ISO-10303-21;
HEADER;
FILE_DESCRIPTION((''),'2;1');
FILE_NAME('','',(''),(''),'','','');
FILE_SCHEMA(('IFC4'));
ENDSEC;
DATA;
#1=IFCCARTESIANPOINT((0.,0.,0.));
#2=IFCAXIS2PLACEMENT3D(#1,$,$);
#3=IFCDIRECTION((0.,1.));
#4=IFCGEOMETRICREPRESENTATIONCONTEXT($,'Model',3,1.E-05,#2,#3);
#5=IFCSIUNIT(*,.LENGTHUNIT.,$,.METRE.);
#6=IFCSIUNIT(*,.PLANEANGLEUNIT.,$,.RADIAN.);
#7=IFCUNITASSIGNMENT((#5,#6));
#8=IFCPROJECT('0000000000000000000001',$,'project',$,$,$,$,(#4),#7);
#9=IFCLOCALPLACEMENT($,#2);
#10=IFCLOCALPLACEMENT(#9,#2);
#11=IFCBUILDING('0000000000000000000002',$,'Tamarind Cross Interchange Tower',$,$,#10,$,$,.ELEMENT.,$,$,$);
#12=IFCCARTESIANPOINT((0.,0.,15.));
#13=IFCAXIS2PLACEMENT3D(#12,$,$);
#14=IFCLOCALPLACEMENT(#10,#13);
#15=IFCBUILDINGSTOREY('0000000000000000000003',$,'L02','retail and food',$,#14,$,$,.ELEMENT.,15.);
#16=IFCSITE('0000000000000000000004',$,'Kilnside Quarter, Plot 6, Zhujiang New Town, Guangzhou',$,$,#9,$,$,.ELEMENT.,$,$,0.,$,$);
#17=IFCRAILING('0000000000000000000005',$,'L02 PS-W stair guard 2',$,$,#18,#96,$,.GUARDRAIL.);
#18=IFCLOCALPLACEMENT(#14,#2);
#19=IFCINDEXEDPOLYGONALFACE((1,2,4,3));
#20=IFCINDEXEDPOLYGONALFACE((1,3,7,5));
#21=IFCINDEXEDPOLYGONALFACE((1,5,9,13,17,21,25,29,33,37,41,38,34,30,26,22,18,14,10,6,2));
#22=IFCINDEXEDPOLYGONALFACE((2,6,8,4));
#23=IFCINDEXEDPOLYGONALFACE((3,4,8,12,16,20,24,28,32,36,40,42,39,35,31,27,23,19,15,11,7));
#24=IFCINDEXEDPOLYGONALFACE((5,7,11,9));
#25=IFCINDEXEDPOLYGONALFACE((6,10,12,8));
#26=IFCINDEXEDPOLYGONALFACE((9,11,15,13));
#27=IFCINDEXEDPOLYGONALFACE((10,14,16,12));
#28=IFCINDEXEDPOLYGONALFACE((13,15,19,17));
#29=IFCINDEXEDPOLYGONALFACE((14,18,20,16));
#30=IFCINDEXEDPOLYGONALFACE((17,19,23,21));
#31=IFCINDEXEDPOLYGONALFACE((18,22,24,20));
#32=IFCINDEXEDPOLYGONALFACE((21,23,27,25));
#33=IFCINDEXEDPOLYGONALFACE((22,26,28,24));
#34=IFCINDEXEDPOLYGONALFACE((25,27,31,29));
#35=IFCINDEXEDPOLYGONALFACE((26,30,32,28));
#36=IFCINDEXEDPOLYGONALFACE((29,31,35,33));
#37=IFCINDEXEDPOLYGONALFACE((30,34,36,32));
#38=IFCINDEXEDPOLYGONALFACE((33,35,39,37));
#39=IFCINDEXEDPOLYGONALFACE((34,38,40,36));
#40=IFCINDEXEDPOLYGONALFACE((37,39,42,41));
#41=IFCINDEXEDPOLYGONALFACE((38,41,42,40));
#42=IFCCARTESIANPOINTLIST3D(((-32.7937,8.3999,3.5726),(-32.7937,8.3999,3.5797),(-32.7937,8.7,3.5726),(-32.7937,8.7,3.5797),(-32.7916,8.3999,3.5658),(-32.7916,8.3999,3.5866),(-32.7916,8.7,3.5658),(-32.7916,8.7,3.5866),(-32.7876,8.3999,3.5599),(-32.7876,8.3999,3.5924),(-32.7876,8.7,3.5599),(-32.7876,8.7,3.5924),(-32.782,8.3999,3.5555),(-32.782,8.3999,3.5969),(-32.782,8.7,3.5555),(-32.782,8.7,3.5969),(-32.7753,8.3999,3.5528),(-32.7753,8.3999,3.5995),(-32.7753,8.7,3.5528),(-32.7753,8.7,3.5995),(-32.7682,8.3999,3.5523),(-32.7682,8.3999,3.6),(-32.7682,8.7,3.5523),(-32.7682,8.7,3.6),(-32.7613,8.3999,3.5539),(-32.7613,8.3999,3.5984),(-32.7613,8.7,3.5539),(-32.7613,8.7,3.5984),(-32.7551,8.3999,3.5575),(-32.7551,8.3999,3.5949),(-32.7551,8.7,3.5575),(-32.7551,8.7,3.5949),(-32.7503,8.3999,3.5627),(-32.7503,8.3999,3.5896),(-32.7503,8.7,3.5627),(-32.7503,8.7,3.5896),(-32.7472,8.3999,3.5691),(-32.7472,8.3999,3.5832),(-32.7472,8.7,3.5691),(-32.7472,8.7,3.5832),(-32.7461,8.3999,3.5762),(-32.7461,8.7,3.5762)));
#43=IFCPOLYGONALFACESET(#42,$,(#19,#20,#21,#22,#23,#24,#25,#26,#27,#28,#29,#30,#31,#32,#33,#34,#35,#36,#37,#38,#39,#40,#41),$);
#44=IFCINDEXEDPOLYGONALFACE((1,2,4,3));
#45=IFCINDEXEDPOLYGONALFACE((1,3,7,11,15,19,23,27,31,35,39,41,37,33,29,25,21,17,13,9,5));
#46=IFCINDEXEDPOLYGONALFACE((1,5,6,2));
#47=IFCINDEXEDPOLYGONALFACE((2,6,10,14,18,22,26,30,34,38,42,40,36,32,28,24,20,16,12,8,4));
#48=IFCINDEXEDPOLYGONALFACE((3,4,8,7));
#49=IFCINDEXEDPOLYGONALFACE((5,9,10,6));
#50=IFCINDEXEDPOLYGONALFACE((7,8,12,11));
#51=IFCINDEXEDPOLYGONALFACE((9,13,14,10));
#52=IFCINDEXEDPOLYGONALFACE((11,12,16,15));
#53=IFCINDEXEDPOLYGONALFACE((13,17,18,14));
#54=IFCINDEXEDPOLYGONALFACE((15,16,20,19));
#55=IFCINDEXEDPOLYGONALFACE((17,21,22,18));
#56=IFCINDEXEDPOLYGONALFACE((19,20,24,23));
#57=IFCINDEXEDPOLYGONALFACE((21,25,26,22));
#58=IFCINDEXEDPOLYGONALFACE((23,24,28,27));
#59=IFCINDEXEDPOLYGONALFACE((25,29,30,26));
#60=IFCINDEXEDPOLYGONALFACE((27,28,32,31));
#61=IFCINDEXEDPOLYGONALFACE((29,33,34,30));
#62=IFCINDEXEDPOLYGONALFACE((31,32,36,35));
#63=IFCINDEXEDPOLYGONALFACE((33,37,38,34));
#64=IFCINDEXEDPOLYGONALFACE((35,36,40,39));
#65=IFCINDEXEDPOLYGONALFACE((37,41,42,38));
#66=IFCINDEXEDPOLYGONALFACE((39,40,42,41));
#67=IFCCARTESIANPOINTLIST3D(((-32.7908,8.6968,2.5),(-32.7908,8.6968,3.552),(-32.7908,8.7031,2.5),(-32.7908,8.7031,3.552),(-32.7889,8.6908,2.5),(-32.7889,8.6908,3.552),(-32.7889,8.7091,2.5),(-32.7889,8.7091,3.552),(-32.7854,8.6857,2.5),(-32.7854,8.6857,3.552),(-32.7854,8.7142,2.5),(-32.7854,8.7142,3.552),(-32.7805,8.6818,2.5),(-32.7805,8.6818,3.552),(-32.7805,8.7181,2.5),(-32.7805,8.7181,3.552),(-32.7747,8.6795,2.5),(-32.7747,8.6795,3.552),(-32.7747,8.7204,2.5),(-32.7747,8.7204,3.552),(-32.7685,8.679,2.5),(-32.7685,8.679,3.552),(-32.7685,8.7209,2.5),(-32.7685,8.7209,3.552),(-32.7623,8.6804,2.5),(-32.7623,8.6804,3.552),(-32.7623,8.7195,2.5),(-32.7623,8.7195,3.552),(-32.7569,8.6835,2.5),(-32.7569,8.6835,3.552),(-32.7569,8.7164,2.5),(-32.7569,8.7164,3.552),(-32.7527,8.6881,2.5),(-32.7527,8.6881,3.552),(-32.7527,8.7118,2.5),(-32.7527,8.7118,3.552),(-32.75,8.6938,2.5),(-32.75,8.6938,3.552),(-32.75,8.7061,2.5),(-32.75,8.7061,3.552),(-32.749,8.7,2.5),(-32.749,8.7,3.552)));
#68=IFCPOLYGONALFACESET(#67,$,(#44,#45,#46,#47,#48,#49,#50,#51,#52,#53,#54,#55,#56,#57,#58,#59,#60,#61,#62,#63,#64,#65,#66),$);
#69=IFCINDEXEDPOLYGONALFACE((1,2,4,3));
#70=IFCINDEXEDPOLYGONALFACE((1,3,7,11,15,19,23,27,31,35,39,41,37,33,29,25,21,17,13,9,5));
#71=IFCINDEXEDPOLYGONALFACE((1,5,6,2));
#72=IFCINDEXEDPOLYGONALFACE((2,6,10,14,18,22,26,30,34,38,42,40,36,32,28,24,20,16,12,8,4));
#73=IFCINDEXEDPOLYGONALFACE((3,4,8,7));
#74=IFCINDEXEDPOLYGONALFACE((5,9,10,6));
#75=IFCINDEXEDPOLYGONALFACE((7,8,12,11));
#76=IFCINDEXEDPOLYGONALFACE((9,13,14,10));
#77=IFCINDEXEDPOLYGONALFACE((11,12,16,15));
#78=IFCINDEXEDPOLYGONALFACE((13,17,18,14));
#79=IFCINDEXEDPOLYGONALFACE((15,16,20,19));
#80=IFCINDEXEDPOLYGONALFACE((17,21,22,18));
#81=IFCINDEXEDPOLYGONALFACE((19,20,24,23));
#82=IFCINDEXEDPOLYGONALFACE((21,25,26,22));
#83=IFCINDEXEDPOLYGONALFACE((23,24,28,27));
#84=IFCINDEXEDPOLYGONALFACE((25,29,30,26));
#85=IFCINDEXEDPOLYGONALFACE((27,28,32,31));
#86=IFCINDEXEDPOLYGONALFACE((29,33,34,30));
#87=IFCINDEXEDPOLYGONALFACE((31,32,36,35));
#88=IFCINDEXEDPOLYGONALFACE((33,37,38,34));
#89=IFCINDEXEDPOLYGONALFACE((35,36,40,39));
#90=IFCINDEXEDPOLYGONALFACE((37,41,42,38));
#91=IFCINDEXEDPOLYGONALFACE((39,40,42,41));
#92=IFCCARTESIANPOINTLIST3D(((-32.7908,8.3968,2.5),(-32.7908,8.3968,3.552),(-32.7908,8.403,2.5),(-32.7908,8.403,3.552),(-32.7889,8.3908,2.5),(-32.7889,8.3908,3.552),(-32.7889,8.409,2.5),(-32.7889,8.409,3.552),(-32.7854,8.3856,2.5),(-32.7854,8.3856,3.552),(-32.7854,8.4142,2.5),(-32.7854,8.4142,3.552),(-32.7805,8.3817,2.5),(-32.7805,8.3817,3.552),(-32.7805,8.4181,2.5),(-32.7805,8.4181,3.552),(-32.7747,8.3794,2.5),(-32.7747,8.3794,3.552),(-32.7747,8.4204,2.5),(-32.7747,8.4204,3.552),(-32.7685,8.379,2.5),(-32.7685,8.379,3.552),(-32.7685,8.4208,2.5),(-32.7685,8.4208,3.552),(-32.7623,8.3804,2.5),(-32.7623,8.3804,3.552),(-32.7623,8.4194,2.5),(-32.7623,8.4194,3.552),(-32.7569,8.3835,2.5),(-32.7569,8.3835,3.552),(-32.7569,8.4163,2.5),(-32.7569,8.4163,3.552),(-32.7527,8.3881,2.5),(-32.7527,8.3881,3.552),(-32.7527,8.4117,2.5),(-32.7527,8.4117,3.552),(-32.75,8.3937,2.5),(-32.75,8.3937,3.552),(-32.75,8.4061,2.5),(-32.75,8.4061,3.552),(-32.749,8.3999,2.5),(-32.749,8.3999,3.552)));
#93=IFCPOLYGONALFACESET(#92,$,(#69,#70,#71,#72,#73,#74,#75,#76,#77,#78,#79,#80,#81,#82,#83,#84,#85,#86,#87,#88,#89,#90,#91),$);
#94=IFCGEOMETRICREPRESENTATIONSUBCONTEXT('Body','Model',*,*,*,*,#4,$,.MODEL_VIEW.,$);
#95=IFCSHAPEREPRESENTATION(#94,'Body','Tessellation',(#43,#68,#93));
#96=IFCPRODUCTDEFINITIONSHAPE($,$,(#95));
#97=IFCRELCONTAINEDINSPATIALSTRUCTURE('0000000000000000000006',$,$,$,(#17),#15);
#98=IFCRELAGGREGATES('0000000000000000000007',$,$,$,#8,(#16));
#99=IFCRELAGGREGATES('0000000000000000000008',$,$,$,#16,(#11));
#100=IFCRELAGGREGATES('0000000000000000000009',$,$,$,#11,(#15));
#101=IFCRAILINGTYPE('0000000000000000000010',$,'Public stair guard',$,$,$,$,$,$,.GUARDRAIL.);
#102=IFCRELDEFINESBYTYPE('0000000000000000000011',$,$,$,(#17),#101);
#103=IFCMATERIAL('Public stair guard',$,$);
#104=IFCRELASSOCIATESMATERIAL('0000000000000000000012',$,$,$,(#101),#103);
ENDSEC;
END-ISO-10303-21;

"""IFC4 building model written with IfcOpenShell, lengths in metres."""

from ifc_helpers import new_model, si_unit, direction, frame, origin, origin_2d, place, context, subcontext, project, spatial, circle, extrude, material, type_object, element, save


model = new_model("IFC4")

# Units and contexts
model_context = context("Model", 3, precision=1e-05, world=origin(), true_north=direction((0.0, 1.0)))
body_context = subcontext(model_context, "Body", "Model", "MODEL_VIEW")
ifc_project = project(units=[si_unit("LENGTHUNIT", "METRE"), si_unit("PLANEANGLEUNIT", "RADIAN")], contexts=[model_context])

# Site, building, storey
site_placement = place(None, origin())
site = spatial("IfcSite", under=ifc_project, at=site_placement, Name="Kilnside Quarter, Plot 6, Zhujiang New Town, Guangzhou", CompositionType="ELEMENT", RefElevation=0.0)
building_placement = place(site_placement, origin())
building = spatial("IfcBuilding", under=site, at=building_placement, Name="Tamarind Cross Interchange Tower", CompositionType="ELEMENT")
storey_placement = place(building_placement, frame((0.0, 0.0, 15.0)))
storey = spatial("IfcBuildingStorey", under=building, at=storey_placement, Name="L02", Description="retail and food", CompositionType="ELEMENT", Elevation=15.0)

# Railing
ifc_material_1 = material(Name="Public stair guard")
railing_type_1 = type_object("IfcRailingType", Name="Public stair guard", PredefinedType="GUARDRAIL", material=ifc_material_1)
railing_1_placement = place(storey_placement, frame((-32.77, 8.7, 2.5)))
element("IfcRailing", 1, at=railing_1_placement, inside=storey, type_object=railing_type_1, Name="L02 PS-W stair guard 2", PredefinedType="GUARDRAIL", context=body_context, shape_type="SweptSolid", body=[
    extrude(circle(Radius=0.0239, at=origin_2d()), frame((0.0, 0.0, 1.0762), z_axis=(0.0, -1.0, 0.0), x_axis=(1.0, 0.0, 0.0)), (0.0, 0.0, 1.0), 0.3),
    extrude(circle(Radius=0.021, at=origin_2d()), origin(), (0.0, 0.0, 1.0), 1.052),
    extrude(circle(Radius=0.021, at=origin_2d()), frame((0.0, -0.3, 0.0)), (0.0, 0.0, 1.0), 1.052),
])

save(model, "model.ifc")
